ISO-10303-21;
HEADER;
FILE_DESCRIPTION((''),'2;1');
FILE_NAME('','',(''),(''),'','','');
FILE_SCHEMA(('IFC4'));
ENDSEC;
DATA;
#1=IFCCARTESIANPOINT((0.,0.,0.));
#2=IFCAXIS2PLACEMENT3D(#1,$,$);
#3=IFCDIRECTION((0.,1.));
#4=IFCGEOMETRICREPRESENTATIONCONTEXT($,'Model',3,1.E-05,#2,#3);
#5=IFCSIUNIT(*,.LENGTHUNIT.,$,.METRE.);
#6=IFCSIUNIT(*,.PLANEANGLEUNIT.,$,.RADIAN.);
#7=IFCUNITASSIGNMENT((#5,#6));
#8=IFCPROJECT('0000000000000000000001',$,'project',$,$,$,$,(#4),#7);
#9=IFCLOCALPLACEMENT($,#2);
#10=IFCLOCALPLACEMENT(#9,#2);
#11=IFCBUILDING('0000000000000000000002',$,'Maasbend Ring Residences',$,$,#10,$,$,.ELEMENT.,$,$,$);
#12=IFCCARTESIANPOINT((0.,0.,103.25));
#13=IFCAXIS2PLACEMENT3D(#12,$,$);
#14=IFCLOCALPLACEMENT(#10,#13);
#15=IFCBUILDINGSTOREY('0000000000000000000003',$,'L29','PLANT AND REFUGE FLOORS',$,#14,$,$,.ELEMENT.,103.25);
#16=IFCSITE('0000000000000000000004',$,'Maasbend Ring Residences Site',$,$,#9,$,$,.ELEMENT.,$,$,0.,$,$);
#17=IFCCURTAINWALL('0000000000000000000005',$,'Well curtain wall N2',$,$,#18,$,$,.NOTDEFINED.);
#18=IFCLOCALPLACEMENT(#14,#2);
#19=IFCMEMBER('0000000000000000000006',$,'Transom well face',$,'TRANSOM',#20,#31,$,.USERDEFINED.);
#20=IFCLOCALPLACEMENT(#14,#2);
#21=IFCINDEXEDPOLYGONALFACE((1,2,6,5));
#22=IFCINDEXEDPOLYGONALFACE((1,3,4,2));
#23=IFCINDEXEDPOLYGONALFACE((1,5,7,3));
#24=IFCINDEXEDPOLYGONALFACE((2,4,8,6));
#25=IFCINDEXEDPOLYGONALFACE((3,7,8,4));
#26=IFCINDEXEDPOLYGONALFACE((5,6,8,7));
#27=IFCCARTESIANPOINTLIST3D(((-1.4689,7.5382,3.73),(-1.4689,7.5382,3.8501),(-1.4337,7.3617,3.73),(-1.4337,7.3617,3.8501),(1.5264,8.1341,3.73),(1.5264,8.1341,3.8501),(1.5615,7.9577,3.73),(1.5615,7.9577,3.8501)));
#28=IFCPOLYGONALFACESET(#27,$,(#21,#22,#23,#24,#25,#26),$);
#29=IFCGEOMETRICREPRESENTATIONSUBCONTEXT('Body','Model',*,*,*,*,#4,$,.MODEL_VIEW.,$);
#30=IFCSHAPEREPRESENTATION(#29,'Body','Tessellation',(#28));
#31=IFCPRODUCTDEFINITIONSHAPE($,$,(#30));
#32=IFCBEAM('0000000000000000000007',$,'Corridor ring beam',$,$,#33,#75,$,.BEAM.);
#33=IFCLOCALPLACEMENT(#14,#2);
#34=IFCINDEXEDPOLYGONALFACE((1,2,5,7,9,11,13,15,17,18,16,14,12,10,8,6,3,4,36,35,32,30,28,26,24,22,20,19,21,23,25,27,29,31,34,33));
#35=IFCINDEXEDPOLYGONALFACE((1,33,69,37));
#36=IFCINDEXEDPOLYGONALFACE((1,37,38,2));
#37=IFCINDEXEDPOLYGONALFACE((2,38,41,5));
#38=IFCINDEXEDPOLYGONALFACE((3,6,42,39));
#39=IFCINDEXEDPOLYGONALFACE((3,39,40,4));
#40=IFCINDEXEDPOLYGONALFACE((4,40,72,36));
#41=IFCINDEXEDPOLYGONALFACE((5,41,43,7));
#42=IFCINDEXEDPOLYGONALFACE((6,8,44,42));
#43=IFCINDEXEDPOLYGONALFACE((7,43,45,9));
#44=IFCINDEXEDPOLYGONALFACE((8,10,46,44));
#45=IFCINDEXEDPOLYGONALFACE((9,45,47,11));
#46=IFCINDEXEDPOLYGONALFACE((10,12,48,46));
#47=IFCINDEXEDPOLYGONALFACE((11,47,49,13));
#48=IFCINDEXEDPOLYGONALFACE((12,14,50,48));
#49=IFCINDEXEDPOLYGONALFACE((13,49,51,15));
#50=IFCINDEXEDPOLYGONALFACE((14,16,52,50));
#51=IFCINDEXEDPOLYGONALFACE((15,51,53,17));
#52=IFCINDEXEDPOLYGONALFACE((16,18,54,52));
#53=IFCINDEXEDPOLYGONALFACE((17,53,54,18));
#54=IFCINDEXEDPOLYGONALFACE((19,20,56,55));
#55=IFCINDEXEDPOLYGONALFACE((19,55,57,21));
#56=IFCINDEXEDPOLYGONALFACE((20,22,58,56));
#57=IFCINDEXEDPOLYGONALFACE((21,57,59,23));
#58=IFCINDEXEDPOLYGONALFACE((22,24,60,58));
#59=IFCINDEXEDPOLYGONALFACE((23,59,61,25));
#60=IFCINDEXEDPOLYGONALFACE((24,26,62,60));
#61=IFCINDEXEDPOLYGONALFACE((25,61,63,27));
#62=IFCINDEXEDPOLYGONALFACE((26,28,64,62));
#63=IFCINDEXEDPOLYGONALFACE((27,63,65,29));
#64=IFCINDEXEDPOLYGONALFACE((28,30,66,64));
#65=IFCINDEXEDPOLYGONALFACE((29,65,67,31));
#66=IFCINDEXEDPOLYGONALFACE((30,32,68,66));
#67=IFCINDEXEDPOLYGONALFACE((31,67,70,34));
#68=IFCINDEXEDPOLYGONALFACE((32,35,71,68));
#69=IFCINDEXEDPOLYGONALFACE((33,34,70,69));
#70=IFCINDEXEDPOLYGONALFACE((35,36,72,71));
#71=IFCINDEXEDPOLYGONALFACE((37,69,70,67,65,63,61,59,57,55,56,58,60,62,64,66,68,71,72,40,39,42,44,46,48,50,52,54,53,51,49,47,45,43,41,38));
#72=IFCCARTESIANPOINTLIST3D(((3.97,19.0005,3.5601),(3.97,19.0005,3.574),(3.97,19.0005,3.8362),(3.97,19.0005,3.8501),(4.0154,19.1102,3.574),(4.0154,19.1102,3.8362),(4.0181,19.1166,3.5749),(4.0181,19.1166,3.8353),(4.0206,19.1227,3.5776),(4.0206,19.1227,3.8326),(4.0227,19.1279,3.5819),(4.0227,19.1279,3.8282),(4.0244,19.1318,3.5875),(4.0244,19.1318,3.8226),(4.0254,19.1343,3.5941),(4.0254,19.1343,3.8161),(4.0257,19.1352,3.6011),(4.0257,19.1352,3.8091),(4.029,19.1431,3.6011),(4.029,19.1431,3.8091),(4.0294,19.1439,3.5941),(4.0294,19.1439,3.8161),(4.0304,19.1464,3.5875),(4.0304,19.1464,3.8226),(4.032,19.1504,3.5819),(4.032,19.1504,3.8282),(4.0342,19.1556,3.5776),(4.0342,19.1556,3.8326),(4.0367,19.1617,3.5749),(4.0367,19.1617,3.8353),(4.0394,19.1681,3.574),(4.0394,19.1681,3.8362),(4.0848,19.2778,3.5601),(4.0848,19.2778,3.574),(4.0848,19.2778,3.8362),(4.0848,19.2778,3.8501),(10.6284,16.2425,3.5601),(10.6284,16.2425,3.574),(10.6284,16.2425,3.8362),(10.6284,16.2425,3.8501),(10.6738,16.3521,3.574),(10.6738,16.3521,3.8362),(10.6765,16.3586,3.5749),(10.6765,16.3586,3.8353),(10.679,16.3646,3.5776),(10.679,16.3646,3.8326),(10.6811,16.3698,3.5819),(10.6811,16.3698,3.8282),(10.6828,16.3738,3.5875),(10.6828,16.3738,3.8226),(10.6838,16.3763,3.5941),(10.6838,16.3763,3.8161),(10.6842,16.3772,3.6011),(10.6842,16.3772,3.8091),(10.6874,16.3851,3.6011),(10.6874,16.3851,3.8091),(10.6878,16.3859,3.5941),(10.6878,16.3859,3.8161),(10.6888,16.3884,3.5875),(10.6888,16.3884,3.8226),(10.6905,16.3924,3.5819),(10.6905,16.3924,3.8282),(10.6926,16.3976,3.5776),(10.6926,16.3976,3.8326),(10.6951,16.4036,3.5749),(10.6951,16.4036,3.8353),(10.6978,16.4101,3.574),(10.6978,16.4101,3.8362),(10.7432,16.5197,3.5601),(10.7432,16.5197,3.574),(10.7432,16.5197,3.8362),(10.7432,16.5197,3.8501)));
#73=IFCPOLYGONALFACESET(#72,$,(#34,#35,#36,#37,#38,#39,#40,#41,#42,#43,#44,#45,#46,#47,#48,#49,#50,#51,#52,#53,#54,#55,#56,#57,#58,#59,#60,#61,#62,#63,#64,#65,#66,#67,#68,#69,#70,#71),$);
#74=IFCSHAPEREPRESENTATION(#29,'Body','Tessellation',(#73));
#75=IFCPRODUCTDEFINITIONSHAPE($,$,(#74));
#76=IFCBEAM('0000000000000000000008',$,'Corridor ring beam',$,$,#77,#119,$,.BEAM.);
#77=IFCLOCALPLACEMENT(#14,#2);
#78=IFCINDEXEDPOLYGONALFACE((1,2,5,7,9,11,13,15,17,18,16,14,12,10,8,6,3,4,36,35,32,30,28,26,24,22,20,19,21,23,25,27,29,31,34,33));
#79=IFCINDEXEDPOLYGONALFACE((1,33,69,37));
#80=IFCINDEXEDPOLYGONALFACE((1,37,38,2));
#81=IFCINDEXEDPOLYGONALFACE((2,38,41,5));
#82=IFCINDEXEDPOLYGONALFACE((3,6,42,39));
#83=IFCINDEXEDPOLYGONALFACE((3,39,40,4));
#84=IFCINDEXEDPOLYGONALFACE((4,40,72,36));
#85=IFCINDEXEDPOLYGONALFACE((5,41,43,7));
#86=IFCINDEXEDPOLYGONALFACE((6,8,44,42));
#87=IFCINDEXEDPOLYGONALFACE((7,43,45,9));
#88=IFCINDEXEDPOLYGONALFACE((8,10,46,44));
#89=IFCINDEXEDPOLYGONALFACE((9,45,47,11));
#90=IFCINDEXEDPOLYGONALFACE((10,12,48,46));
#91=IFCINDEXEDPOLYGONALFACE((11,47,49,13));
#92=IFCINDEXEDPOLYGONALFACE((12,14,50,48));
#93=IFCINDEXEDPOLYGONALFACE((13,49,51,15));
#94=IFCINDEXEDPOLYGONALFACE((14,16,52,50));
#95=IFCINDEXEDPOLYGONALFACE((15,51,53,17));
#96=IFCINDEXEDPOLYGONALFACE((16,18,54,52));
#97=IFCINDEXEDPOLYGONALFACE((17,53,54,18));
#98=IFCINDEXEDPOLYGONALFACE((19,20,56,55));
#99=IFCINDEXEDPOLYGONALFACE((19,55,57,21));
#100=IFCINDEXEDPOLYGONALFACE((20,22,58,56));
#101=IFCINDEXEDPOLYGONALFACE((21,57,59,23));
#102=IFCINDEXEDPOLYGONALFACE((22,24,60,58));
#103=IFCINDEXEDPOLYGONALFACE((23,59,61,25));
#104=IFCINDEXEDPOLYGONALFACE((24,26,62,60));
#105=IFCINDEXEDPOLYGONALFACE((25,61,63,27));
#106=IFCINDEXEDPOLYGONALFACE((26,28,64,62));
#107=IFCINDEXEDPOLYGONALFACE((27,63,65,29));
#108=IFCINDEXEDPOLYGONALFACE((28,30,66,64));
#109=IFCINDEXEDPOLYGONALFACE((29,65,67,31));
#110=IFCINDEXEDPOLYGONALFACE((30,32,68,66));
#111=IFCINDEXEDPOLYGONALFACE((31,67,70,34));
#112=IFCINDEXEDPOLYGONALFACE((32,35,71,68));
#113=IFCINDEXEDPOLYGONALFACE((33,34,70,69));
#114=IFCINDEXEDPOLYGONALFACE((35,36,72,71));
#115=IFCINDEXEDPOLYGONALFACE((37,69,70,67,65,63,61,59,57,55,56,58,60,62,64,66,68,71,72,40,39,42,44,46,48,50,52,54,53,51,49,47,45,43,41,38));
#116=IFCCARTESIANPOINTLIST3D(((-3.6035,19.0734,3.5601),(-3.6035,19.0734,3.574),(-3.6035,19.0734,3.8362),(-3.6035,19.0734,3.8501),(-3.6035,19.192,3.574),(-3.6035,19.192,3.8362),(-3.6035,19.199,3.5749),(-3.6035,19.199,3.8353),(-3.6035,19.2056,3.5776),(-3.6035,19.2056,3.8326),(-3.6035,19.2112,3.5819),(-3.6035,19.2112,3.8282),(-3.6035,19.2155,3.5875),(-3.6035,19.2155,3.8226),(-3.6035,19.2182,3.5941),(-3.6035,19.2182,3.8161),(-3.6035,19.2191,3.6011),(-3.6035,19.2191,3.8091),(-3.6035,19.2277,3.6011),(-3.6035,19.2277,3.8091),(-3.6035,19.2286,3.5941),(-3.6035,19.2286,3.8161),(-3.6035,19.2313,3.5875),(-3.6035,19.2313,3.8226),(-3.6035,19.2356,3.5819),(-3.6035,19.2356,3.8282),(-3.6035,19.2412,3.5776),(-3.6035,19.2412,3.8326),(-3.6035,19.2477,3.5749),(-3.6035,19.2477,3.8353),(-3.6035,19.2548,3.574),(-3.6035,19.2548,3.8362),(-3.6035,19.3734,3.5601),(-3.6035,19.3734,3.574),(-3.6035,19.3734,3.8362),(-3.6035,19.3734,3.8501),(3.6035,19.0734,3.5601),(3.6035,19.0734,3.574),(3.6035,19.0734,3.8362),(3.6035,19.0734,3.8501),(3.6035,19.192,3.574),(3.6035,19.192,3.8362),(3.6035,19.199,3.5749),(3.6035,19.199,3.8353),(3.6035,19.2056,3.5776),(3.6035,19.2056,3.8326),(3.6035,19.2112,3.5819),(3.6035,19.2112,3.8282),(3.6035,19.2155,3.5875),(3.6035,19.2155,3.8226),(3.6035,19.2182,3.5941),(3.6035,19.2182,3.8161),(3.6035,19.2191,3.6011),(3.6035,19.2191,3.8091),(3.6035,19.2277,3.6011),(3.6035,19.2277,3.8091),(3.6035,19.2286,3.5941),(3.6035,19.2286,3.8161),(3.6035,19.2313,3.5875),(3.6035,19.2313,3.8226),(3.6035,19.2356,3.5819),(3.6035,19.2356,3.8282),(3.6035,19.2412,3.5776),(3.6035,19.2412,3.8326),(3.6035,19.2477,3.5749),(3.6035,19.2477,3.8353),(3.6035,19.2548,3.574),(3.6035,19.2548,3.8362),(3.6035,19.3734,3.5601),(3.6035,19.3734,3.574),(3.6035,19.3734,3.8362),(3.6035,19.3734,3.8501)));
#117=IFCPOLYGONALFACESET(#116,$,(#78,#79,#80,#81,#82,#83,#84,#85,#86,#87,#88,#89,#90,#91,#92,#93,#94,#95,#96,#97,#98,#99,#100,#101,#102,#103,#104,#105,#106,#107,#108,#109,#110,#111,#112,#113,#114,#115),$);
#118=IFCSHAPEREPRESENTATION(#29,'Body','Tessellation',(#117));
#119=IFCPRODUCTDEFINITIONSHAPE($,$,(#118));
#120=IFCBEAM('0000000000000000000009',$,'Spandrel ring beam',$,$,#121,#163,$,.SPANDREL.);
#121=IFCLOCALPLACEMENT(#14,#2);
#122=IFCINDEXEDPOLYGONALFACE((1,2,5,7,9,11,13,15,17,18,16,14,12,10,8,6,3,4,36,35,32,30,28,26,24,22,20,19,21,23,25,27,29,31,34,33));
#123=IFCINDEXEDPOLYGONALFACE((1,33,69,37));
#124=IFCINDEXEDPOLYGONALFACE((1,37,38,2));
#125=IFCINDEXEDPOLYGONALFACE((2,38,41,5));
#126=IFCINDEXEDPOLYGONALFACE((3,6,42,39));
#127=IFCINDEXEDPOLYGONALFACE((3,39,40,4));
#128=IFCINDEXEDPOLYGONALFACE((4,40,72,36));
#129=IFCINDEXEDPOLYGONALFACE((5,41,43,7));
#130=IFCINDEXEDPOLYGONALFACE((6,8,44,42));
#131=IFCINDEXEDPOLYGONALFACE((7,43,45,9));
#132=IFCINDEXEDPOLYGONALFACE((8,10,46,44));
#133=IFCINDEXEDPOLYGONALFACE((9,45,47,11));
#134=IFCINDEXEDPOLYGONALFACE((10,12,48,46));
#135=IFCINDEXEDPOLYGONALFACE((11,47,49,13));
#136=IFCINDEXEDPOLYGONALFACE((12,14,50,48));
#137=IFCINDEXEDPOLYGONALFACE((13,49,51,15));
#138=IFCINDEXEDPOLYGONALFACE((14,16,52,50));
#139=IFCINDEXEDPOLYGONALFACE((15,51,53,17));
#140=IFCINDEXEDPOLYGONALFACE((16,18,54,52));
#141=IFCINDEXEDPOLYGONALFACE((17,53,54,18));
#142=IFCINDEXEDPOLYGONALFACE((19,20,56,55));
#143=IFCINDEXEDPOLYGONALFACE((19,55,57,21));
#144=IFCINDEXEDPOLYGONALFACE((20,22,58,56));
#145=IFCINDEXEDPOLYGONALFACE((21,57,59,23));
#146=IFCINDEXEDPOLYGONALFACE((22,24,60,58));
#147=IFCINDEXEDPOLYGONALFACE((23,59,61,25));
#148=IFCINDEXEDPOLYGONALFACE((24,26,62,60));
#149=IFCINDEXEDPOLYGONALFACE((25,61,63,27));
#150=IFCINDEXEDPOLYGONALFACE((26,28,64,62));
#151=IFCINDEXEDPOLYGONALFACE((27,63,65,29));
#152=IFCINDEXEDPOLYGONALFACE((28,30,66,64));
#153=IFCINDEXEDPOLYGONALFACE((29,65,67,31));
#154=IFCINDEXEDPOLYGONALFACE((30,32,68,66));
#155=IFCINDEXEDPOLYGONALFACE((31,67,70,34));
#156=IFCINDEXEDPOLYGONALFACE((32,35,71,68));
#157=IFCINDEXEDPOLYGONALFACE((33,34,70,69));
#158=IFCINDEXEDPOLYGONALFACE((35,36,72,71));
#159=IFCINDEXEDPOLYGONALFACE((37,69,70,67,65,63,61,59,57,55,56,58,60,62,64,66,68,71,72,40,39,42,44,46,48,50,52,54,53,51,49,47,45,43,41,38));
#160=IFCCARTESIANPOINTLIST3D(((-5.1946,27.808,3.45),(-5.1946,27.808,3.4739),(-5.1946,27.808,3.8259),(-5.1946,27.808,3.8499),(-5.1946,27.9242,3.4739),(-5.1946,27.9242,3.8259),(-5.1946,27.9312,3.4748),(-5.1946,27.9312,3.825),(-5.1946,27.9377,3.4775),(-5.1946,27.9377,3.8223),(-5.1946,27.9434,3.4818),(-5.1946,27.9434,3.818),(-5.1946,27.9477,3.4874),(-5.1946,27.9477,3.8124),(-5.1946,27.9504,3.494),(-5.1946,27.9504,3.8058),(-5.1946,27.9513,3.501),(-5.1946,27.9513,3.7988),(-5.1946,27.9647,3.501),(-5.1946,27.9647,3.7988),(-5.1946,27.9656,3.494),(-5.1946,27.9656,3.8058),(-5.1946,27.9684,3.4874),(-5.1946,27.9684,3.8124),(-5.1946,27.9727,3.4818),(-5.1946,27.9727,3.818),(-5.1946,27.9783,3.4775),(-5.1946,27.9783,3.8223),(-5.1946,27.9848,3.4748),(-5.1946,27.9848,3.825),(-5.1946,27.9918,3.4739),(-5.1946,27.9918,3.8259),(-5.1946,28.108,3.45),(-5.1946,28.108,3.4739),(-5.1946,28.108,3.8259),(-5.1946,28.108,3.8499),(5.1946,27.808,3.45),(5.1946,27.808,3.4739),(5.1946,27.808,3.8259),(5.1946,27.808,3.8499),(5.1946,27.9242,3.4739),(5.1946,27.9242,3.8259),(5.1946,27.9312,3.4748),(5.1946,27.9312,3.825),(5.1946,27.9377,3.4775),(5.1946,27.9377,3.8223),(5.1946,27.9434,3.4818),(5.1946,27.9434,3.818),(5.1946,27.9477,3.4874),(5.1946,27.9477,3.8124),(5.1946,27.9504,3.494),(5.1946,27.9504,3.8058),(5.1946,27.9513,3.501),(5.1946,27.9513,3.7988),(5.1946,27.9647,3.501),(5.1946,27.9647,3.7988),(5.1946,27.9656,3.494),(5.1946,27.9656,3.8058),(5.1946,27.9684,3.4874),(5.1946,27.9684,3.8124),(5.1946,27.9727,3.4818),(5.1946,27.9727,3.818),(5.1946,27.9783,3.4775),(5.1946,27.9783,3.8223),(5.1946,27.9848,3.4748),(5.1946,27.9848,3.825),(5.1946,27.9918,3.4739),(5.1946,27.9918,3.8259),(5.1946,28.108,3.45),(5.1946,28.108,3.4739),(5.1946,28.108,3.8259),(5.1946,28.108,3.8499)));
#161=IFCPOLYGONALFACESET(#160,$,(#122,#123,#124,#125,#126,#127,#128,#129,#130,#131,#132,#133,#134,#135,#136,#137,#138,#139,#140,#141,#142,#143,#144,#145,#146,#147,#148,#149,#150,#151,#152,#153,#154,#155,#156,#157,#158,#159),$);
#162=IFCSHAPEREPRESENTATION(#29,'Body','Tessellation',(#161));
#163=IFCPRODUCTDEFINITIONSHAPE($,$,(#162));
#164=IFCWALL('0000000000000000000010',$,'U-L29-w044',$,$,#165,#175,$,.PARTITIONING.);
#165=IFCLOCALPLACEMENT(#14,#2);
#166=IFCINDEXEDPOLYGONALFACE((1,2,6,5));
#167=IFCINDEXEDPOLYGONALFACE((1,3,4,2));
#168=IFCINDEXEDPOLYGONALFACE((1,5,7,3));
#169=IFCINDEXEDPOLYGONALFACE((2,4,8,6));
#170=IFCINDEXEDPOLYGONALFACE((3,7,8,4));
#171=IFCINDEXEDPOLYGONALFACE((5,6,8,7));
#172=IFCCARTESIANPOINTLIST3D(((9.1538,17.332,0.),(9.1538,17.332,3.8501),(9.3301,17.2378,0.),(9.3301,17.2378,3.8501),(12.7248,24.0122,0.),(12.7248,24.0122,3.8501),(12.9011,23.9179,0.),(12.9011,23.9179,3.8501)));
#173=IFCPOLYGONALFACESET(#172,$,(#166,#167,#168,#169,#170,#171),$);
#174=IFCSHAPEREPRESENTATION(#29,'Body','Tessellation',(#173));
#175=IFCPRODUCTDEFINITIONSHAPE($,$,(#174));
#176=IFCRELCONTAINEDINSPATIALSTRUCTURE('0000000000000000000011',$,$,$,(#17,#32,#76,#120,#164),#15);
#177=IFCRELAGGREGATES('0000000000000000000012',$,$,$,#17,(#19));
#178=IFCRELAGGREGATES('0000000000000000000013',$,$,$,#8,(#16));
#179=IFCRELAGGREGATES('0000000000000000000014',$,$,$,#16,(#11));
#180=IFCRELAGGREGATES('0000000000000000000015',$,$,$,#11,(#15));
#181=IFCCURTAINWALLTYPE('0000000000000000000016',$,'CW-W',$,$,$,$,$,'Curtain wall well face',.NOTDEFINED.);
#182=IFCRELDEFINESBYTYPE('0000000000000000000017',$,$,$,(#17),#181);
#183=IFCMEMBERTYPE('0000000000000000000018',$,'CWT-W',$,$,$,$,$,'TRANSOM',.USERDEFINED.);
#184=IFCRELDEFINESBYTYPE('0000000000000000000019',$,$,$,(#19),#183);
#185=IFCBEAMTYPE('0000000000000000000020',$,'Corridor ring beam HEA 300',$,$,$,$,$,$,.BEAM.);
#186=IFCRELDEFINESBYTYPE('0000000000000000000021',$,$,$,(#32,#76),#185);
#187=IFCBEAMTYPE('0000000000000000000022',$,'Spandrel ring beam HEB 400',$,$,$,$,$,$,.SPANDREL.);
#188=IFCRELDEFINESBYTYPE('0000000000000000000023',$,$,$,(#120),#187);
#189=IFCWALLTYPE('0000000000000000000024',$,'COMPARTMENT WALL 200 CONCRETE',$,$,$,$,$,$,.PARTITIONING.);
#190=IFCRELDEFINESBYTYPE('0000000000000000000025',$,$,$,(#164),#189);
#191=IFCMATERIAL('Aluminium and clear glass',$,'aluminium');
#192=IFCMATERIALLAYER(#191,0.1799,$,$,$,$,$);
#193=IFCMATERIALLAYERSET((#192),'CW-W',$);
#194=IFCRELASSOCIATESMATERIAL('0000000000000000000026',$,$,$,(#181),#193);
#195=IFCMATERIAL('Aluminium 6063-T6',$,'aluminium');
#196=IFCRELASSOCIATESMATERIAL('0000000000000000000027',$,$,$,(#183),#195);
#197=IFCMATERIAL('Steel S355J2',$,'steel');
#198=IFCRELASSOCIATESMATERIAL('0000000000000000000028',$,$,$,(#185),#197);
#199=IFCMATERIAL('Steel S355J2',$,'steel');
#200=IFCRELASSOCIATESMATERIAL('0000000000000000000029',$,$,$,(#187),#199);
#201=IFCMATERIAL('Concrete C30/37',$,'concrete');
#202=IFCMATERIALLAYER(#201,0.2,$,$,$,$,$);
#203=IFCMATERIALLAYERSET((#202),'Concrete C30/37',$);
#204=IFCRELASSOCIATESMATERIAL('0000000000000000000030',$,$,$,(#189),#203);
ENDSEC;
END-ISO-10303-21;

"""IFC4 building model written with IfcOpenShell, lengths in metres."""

from ifc_helpers import new_model, si_unit, direction, frame, frame_2d, origin, origin_2d, place, context, subcontext, project, spatial, rectangle, i_section, extrude, material, layer, layer_set, material_profile, profile_set, type_object, element, aggregate, save


model = new_model("IFC4")

# Units and contexts
model_context = context("Model", 3, precision=1e-05, world=origin(), true_north=direction((0.0, 1.0)))
body_context = subcontext(model_context, "Body", "Model", "MODEL_VIEW")
ifc_project = project(units=[si_unit("LENGTHUNIT", "METRE"), si_unit("PLANEANGLEUNIT", "RADIAN")], contexts=[model_context])

# Site, building, storey
site_placement = place(None, origin())
site = spatial("IfcSite", under=ifc_project, at=site_placement, Name="Maasbend Ring Residences Site", CompositionType="ELEMENT", RefElevation=0.0)
building_placement = place(site_placement, origin())
building = spatial("IfcBuilding", under=site, at=building_placement, Name="Maasbend Ring Residences", CompositionType="ELEMENT")
storey_placement = place(building_placement, frame((0.0, 0.0, 103.25)))
storey = spatial("IfcBuildingStorey", under=building, at=storey_placement, Name="L29", Description="PLANT AND REFUGE FLOORS", CompositionType="ELEMENT", Elevation=103.25)

# Curtain wall, member
ifc_material_1 = material(Name="Aluminium and clear glass", Category="aluminium")
ifc_layer_1 = layer(ifc_material_1, 0.1799)
ifc_layer_set_1 = layer_set([ifc_layer_1], Name="CW-W")
curtain_wall_type = type_object("IfcCurtainWallType", Name="CW-W", ElementType="Curtain wall well face", PredefinedType="NOTDEFINED", material=ifc_layer_set_1)
curtain_wall_placement = place(storey_placement, origin())
curtain_wall = element("IfcCurtainWall", 1, at=curtain_wall_placement, inside=storey, type_object=curtain_wall_type, Name="Well curtain wall N2", PredefinedType="NOTDEFINED")
ifc_material_2 = material(Name="Aluminium 6063-T6", Category="aluminium")
ifc_material_profile_1 = material_profile(ifc_material_2, rectangle(XDim=0.1799, YDim=0.1201, at=origin_2d()), Name="AL 180x120")
ifc_profile_set_1 = profile_set([ifc_material_profile_1], Name="Aluminium 6063-T6")
member_type_1 = type_object("IfcMemberType", Name="CWT-W", ElementType="TRANSOM", PredefinedType="USERDEFINED", material=ifc_profile_set_1)
member_1_placement = place(storey_placement, frame((1.5439, 8.0459, 3.79), z_axis=(-0.980777, -0.195132, 0.0), x_axis=(0.195132, -0.980777, 0.0)))
member_1 = element("IfcMember", 2, at=member_1_placement, type_object=member_type_1, Name="Transom well face", ObjectType="TRANSOM", PredefinedType="USERDEFINED", context=body_context, shape_type="SweptSolid", body=[
    extrude(rectangle(XDim=0.1799, YDim=0.1201, at=origin_2d()), origin(), (0.0, 0.0, 1.0), 3.054),
])
aggregate(curtain_wall, [member_1])

# Beams
ifc_material_3 = material(Name="Steel S355J2", Category="steel")
ifc_material_profile_2 = material_profile(ifc_material_3, i_section(OverallWidth=0.3, OverallDepth=0.29, WebThickness=0.0085, FlangeThickness=0.0139, FilletRadius=0.0271, at=origin_2d()), Name="HEA 300")
ifc_profile_set_2 = profile_set([ifc_material_profile_2], Name="Steel S355J2")
beam_type_1 = type_object("IfcBeamType", Name="Corridor ring beam HEA 300", PredefinedType="BEAM", material=ifc_profile_set_2)
for number, where, z_axis, x_axis, name in (
    (3, (10.6858, 16.3811, 3.7051), (-0.923878, 0.382688, 0.0), (-0.382688, -0.923878, 0.0), "Corridor ring beam"),
    (4, (3.6035, 19.2234, 3.7051), (-1.0, 0.0, 0.0), (0.0, -1.0, 0.0), "Corridor ring beam"),
):
    element("IfcBeam", number, at=place(storey_placement, frame(where, z_axis=z_axis, x_axis=x_axis)), inside=storey, type_object=beam_type_1, Name=name, PredefinedType="BEAM", context=body_context, shape_type="SweptSolid", body=[
        extrude(i_section(OverallWidth=0.3, OverallDepth=0.29, WebThickness=0.0085, FlangeThickness=0.0139, FilletRadius=0.0271, at=origin_2d()), origin(), (0.0, 0.0, 1.0), 7.207),
    ])
ifc_material_4 = material(Name="Steel S355J2", Category="steel")
ifc_material_profile_3 = material_profile(ifc_material_4, i_section(OverallWidth=0.3, OverallDepth=0.3999, WebThickness=0.0134, FlangeThickness=0.0239, FilletRadius=0.0271, at=origin_2d()), Name="HEB 400")
ifc_profile_set_3 = profile_set([ifc_material_profile_3], Name="Steel S355J2")
beam_type_2 = type_object("IfcBeamType", Name="Spandrel ring beam HEB 400", PredefinedType="SPANDREL", material=ifc_profile_set_3)
beam_placement = place(storey_placement, frame((5.1946, 27.958, 3.6499), z_axis=(-1.0, 0.0, 0.0), x_axis=(0.0, -1.0, 0.0)))
element("IfcBeam", 5, at=beam_placement, inside=storey, type_object=beam_type_2, Name="Spandrel ring beam", PredefinedType="SPANDREL", context=body_context, shape_type="SweptSolid", body=[
    extrude(i_section(OverallWidth=0.3, OverallDepth=0.3999, WebThickness=0.0134, FlangeThickness=0.0239, FilletRadius=0.0271, at=origin_2d()), origin(), (0.0, 0.0, 1.0), 10.3892),
])

# Wall
ifc_material_5 = material(Name="Concrete C30/37", Category="concrete")
ifc_layer_2 = layer(ifc_material_5, 0.2)
ifc_layer_set_2 = layer_set([ifc_layer_2], Name="Concrete C30/37")
wall_type_1 = type_object("IfcWallType", Name="COMPARTMENT WALL 200 CONCRETE", PredefinedType="PARTITIONING", material=ifc_layer_set_2)
wall_1_placement = place(storey_placement, frame((9.2419, 17.2849, 0.0), z_axis=(0.0, 0.0, 1.0), x_axis=(0.47144, 0.881898, 0.0)))
element("IfcWall", 6, at=wall_1_placement, inside=storey, type_object=wall_type_1, Name="U-L29-w044", PredefinedType="PARTITIONING", context=body_context, shape_type="SweptSolid", body=[
    extrude(rectangle(XDim=7.5747, YDim=0.2, at=frame_2d((3.7874, 0.0))), origin(), (0.0, 0.0, 1.0), 3.8501),
])

save(model, "model.ifc")
